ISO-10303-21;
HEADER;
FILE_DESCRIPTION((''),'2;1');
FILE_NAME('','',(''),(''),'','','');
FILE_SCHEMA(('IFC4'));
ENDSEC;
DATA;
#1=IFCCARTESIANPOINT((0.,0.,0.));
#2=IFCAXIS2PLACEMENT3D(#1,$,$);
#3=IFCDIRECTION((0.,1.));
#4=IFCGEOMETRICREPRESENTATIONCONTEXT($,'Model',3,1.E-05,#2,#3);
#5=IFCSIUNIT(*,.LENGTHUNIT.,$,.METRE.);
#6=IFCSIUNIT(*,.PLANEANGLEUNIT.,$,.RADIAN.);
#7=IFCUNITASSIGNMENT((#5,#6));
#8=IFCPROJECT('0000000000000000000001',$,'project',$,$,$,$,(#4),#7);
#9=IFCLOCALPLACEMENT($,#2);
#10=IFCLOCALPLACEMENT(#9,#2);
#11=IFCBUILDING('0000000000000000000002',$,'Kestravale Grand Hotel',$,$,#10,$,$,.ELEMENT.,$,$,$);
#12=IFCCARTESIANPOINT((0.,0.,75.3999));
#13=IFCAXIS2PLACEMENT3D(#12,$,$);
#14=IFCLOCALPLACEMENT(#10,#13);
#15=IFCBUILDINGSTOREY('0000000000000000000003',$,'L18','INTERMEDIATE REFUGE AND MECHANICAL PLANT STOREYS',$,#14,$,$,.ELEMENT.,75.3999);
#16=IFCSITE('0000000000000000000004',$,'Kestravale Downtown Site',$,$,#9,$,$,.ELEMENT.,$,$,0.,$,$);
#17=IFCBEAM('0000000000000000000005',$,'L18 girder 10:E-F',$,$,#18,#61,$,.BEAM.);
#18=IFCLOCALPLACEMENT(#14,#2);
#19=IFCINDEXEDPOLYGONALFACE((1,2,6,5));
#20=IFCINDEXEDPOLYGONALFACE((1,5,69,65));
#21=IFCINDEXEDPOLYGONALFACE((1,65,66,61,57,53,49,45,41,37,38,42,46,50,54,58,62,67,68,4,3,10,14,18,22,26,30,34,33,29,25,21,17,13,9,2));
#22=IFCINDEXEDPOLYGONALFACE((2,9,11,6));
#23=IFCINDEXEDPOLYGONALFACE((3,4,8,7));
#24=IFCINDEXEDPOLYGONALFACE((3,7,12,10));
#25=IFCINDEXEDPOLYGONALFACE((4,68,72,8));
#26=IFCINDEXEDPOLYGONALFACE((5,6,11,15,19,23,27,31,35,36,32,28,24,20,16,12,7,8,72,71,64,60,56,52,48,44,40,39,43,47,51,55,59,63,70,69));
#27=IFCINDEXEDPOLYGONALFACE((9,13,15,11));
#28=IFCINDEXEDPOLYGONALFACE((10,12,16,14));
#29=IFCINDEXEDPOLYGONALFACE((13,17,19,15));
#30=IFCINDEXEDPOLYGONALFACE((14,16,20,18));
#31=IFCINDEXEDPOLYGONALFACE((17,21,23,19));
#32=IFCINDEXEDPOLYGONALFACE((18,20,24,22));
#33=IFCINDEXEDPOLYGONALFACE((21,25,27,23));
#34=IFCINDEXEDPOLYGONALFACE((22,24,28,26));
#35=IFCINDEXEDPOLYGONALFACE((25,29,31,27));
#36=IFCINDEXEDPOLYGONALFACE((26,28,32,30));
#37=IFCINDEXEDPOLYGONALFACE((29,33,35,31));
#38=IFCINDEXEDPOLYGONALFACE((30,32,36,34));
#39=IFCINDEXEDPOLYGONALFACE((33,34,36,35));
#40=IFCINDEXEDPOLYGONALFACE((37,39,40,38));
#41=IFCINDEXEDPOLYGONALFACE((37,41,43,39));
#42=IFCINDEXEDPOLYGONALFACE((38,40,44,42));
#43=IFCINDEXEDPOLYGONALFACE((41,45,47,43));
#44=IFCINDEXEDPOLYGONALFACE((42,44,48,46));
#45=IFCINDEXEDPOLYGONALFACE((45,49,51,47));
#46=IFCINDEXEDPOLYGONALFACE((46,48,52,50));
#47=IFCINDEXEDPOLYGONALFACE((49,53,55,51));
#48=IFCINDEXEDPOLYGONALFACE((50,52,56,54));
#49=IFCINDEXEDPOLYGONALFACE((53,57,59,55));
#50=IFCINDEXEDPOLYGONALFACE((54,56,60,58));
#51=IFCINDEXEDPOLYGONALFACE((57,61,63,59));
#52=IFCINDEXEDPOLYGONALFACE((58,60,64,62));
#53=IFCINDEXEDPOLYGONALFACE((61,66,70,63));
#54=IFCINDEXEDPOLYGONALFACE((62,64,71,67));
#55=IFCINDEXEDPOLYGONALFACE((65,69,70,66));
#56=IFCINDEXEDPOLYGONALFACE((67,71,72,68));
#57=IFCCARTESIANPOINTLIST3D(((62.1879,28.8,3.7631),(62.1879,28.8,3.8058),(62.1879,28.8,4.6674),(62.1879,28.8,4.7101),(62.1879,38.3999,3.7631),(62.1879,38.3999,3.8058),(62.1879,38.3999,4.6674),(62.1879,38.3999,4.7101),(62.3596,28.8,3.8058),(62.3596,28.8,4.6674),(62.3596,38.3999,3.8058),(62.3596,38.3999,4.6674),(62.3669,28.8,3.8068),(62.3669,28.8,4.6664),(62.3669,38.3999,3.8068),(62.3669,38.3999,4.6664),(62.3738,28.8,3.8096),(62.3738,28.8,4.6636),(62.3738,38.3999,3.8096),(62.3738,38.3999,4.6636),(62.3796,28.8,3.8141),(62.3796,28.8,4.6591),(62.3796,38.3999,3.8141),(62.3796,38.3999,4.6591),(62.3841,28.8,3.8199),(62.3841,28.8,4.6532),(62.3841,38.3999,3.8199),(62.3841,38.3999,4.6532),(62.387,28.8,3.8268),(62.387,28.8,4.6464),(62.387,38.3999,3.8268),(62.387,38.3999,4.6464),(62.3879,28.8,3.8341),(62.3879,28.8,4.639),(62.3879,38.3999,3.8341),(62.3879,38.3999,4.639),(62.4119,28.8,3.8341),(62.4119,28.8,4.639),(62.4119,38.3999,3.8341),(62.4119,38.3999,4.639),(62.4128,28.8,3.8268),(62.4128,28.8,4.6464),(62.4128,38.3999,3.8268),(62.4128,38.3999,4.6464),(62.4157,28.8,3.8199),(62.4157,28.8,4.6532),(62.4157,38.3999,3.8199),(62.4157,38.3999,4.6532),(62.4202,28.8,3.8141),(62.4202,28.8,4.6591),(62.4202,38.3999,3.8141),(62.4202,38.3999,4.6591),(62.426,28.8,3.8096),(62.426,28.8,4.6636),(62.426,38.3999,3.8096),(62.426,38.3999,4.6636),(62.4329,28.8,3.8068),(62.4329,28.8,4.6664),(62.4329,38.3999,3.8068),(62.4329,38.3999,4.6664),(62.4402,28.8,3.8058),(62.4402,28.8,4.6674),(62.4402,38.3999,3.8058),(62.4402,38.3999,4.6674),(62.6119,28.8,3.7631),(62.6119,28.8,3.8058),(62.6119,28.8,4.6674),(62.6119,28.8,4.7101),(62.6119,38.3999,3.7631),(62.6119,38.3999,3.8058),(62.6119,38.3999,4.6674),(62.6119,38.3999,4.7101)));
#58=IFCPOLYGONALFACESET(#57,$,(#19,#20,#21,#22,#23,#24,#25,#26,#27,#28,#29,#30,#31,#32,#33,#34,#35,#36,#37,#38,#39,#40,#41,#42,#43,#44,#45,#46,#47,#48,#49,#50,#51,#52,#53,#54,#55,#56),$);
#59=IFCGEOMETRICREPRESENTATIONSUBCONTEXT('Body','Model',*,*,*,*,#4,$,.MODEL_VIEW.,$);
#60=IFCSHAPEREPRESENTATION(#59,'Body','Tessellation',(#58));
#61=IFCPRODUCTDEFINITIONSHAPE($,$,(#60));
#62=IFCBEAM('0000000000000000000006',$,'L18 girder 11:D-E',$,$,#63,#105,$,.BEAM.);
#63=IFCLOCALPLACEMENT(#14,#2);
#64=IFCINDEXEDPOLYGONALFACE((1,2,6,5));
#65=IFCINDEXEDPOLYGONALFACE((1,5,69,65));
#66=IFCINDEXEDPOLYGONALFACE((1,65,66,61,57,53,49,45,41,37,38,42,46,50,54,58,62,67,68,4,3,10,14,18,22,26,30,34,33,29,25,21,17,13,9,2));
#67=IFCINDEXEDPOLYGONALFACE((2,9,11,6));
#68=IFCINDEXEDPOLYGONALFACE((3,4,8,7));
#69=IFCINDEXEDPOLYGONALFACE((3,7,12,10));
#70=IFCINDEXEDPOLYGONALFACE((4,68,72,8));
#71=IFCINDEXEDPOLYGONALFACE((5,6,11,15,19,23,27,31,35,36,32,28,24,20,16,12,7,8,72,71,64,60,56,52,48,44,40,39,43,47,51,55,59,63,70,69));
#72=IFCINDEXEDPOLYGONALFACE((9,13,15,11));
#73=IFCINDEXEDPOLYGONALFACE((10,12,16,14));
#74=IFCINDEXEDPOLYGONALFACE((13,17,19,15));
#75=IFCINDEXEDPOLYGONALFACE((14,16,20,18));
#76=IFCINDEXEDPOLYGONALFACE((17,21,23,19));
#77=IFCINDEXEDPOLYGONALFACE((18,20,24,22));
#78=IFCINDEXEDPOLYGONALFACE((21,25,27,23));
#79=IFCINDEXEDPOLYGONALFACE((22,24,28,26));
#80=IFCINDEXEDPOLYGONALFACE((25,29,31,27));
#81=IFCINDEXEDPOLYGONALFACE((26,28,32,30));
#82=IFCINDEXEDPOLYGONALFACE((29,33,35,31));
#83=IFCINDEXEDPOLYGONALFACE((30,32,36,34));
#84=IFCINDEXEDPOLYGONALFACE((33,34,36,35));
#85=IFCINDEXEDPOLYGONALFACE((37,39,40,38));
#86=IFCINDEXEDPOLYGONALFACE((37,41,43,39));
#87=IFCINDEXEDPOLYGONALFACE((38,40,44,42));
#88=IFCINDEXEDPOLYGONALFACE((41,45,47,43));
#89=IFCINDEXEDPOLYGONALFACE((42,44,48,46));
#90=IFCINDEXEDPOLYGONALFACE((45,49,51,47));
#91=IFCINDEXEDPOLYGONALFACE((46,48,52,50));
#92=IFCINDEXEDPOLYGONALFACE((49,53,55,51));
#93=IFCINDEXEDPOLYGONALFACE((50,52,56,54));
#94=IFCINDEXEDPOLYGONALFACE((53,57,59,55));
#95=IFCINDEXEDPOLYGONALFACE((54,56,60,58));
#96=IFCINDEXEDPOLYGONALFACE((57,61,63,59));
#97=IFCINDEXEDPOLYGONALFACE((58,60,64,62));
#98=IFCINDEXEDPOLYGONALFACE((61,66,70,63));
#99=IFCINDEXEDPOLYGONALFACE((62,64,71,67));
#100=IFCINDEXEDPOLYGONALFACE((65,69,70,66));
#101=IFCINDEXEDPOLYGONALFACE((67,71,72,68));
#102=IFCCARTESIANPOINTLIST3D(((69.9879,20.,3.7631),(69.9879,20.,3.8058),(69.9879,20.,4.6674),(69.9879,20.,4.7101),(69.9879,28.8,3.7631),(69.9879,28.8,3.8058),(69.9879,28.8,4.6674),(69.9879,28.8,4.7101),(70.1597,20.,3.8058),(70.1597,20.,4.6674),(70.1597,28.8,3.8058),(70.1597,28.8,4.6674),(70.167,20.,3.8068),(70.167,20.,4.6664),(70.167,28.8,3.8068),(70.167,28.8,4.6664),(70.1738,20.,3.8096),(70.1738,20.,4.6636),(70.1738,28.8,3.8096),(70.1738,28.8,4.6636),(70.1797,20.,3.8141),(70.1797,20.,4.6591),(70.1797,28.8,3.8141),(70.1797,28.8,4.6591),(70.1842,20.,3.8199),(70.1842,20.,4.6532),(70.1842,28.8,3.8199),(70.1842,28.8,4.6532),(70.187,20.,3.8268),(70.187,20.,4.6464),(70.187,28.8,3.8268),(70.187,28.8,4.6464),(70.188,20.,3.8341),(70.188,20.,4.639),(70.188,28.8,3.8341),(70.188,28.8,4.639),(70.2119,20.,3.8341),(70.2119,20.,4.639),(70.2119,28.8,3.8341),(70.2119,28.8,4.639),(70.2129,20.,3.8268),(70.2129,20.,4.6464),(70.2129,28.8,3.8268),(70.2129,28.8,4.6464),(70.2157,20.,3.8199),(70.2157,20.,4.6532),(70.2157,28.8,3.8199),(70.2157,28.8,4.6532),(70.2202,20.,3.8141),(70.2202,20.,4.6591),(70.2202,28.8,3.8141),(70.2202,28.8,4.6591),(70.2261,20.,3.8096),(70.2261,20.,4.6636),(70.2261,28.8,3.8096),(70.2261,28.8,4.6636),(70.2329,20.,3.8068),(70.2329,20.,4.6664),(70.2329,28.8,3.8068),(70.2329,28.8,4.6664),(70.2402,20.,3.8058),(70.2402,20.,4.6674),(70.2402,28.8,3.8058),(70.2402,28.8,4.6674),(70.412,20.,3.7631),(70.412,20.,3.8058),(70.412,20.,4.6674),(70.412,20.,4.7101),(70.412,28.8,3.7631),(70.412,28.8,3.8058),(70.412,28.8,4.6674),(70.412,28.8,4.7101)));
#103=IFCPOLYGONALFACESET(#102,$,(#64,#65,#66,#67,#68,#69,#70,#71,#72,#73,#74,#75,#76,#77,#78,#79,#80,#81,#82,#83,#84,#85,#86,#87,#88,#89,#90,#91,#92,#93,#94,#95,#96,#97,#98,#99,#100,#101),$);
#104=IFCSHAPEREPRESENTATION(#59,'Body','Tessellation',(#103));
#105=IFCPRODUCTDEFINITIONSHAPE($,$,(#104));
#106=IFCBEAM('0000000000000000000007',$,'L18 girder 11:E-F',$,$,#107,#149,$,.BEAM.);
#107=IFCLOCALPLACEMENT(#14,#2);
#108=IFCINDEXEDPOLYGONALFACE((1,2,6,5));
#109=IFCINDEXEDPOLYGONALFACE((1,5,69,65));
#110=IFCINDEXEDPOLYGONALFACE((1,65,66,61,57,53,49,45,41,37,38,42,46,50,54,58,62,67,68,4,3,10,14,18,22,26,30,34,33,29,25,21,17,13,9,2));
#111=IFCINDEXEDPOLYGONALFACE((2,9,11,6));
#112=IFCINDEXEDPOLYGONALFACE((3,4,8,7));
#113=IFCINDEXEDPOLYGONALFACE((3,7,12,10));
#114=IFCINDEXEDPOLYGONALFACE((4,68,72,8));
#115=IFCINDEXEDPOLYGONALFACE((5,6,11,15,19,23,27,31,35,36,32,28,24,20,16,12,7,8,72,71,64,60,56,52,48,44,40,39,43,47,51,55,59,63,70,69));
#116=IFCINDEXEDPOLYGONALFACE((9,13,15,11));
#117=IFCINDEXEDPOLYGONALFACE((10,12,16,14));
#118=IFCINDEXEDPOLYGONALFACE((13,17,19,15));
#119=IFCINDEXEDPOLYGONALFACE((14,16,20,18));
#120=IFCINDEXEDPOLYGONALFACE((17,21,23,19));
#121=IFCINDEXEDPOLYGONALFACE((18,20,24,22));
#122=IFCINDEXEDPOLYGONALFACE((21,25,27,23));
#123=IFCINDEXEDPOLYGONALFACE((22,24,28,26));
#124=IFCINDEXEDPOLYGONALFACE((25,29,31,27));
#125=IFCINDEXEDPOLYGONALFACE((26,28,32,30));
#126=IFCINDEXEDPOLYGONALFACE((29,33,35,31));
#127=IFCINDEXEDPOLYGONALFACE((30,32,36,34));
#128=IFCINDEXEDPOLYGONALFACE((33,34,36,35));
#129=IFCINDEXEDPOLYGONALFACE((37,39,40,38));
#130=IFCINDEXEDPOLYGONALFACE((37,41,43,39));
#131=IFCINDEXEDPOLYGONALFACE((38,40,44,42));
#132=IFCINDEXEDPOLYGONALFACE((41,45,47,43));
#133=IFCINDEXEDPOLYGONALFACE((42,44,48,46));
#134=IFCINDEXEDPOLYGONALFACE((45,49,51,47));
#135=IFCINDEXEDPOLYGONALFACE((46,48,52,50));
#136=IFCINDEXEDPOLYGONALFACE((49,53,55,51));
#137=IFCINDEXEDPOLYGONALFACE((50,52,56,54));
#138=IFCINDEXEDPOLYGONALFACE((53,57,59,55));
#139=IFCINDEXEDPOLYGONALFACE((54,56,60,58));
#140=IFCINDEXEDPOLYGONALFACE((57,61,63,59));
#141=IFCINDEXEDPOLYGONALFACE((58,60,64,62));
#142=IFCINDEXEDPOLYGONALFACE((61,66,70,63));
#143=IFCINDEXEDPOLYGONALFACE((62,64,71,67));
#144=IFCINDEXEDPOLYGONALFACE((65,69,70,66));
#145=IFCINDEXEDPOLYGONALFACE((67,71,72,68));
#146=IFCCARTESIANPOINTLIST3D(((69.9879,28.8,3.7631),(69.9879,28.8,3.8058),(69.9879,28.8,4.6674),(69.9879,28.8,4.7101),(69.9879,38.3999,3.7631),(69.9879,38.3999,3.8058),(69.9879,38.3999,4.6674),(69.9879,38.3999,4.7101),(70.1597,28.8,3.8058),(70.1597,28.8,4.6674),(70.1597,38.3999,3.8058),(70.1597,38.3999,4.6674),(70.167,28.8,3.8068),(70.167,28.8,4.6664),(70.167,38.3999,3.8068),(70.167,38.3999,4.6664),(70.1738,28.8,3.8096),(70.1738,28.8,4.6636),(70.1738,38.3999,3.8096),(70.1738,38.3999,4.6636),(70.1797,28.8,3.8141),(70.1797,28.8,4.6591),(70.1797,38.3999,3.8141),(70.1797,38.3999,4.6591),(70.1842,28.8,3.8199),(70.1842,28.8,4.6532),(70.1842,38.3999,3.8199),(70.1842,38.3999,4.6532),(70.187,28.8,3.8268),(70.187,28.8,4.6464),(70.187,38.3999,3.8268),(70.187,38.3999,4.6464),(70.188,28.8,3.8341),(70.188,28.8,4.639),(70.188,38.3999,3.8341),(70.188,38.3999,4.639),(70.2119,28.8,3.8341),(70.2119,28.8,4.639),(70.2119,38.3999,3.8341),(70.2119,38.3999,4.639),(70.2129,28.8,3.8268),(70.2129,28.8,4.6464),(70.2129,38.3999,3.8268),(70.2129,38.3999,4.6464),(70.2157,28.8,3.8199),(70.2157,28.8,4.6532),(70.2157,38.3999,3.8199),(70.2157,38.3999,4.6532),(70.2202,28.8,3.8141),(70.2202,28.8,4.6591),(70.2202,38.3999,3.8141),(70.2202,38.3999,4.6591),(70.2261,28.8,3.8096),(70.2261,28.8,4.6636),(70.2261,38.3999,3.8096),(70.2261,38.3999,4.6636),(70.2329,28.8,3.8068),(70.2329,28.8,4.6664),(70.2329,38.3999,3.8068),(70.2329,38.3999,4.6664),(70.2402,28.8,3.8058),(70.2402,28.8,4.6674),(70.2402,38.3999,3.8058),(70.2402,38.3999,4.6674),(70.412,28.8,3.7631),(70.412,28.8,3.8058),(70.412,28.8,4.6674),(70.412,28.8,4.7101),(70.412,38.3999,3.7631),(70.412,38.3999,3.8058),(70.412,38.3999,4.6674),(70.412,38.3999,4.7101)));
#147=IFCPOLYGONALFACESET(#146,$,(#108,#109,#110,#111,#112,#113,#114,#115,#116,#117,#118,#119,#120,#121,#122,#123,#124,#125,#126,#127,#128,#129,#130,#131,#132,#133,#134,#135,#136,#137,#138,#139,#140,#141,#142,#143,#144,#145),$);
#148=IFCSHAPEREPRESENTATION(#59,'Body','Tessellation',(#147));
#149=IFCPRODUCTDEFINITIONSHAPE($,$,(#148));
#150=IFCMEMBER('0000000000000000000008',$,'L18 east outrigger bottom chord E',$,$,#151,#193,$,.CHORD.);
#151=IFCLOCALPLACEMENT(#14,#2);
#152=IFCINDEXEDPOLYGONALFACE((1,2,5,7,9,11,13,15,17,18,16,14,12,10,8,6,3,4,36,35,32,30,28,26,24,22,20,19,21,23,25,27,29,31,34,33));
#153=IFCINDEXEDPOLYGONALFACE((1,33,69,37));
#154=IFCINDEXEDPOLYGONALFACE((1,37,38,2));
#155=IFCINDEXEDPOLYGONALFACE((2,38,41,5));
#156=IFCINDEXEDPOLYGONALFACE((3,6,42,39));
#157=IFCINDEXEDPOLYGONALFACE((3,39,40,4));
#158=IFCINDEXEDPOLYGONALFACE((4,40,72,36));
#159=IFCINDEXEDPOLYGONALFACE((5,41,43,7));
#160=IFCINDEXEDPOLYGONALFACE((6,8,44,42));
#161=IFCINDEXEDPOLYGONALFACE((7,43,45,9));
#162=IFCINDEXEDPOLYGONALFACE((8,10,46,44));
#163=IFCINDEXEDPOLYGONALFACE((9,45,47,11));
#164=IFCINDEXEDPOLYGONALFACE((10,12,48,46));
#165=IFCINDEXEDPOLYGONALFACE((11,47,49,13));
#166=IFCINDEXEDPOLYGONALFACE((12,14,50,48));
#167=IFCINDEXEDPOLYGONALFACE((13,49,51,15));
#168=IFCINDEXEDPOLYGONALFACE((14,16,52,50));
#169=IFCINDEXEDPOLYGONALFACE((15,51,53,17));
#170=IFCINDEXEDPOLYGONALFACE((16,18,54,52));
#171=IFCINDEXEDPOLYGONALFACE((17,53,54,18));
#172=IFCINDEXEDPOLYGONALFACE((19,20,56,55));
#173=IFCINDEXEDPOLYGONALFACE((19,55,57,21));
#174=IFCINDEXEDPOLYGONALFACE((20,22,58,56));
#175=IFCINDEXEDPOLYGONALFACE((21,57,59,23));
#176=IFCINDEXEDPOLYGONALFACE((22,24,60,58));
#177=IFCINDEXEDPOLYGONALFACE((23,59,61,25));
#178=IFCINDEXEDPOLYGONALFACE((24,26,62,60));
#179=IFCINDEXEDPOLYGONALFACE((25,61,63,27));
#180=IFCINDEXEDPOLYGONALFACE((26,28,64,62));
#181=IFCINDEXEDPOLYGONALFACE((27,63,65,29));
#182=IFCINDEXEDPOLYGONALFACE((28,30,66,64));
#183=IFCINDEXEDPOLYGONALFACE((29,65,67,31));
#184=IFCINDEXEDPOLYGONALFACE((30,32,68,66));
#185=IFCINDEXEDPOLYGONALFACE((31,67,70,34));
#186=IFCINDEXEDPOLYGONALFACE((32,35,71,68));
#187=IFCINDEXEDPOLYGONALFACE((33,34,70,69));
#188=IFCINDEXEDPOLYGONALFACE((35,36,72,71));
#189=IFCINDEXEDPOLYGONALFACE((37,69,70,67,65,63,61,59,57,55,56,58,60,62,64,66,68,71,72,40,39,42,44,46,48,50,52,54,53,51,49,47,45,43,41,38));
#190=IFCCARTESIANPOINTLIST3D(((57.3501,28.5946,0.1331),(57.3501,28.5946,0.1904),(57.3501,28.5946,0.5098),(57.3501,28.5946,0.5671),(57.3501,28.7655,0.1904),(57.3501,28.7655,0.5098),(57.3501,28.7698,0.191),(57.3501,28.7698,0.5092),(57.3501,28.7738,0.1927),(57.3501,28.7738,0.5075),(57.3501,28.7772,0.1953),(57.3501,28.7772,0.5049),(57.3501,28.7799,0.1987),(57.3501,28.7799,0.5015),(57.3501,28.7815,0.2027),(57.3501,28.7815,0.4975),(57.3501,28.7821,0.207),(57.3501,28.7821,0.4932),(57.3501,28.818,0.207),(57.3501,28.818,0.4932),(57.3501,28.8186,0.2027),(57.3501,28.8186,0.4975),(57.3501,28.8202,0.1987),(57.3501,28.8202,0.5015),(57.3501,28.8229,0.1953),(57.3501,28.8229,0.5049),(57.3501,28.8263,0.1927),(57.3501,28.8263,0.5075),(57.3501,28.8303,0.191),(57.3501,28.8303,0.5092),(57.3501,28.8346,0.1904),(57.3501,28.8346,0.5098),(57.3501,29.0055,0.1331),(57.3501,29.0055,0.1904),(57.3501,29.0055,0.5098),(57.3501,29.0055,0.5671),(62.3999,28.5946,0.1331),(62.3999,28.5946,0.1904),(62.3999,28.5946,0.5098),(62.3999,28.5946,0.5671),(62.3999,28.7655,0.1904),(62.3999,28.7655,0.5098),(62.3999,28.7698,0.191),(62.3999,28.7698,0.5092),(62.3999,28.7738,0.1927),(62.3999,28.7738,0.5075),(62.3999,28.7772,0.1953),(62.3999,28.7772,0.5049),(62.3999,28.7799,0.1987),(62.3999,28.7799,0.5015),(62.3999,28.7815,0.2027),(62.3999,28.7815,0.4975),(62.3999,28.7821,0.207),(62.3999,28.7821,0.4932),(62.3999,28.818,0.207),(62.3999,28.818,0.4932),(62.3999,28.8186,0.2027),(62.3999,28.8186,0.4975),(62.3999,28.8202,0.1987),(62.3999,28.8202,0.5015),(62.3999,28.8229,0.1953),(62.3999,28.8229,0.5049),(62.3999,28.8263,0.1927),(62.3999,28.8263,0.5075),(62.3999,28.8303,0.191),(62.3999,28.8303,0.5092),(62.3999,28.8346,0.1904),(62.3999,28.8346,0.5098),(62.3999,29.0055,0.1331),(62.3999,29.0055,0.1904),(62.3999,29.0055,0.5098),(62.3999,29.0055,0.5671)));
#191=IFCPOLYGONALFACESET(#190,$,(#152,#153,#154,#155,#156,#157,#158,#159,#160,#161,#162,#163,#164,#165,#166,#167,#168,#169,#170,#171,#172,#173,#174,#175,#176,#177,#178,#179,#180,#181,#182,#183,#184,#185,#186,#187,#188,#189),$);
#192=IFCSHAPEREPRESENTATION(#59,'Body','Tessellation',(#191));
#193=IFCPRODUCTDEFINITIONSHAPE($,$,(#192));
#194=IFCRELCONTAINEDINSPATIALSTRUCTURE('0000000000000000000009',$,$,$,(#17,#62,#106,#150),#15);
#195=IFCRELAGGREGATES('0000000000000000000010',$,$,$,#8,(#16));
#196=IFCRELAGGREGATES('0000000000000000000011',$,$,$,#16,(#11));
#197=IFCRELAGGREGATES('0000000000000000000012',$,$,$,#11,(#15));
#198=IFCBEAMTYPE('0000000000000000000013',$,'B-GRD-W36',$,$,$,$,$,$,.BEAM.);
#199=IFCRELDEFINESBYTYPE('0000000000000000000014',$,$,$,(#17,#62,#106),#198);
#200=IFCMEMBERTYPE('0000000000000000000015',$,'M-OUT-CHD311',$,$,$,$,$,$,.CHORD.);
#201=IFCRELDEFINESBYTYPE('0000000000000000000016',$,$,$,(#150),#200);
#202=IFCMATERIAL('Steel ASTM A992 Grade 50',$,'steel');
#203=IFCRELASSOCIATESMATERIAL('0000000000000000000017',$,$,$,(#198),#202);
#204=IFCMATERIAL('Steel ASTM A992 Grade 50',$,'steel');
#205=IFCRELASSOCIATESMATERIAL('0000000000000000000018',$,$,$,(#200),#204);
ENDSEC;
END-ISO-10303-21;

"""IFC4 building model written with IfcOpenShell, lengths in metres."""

from ifc_helpers import new_model, si_unit, direction, frame, origin, origin_2d, place, context, subcontext, project, spatial, i_section, extrude, material, material_profile, profile_set, type_object, element, save


model = new_model("IFC4")

# Units and contexts
model_context = context("Model", 3, precision=1e-05, world=origin(), true_north=direction((0.0, 1.0)))
body_context = subcontext(model_context, "Body", "Model", "MODEL_VIEW")
ifc_project = project(units=[si_unit("LENGTHUNIT", "METRE"), si_unit("PLANEANGLEUNIT", "RADIAN")], contexts=[model_context])

# Site, building, storey
site_placement = place(None, origin())
site = spatial("IfcSite", under=ifc_project, at=site_placement, Name="Kestravale Downtown Site", CompositionType="ELEMENT", RefElevation=0.0)
building_placement = place(site_placement, origin())
building = spatial("IfcBuilding", under=site, at=building_placement, Name="Kestravale Grand Hotel", CompositionType="ELEMENT")
storey_placement = place(building_placement, frame((0.0, 0.0, 75.3999)))
storey = spatial("IfcBuildingStorey", under=building, at=storey_placement, Name="L18", Description="INTERMEDIATE REFUGE AND MECHANICAL PLANT STOREYS", CompositionType="ELEMENT", Elevation=75.3999)

# Beams
ifc_material_1 = material(Name="Steel ASTM A992 Grade 50", Category="steel")
ifc_material_profile_1 = material_profile(ifc_material_1, i_section(OverallWidth=0.4241, OverallDepth=0.947, WebThickness=0.0239, FlangeThickness=0.0427, FilletRadius=0.0283, at=origin_2d()))
ifc_profile_set_1 = profile_set([ifc_material_profile_1], Name="Steel ASTM A992 Grade 50")
beam_type_1 = type_object("IfcBeamType", Name="B-GRD-W36", PredefinedType="BEAM", material=ifc_profile_set_1)
beam_1_placement = place(storey_placement, frame((62.3999, 28.8, 4.2366), z_axis=(0.0, 1.0, 0.0), x_axis=(-1.0, 0.0, 0.0)))
element("IfcBeam", 1, at=beam_1_placement, inside=storey, type_object=beam_type_1, Name="L18 girder 10:E-F", PredefinedType="BEAM", context=body_context, shape_type="SweptSolid", body=[
    extrude(i_section(OverallWidth=0.4241, OverallDepth=0.947, WebThickness=0.0239, FlangeThickness=0.0427, FilletRadius=0.0283, at=origin_2d()), origin(), (0.0, 0.0, 1.0), 9.5999),
])
beam_2_placement = place(storey_placement, frame((70.2, 20.0, 4.2366), z_axis=(0.0, 1.0, 0.0), x_axis=(-1.0, 0.0, 0.0)))
element("IfcBeam", 2, at=beam_2_placement, inside=storey, type_object=beam_type_1, Name="L18 girder 11:D-E", PredefinedType="BEAM", context=body_context, shape_type="SweptSolid", body=[
    extrude(i_section(OverallWidth=0.4241, OverallDepth=0.947, WebThickness=0.0239, FlangeThickness=0.0427, FilletRadius=0.0283, at=origin_2d()), origin(), (0.0, 0.0, 1.0), 8.8),
])
beam_3_placement = place(storey_placement, frame((70.2, 28.8, 4.2366), z_axis=(0.0, 1.0, 0.0), x_axis=(-1.0, 0.0, 0.0)))
element("IfcBeam", 3, at=beam_3_placement, inside=storey, type_object=beam_type_1, Name="L18 girder 11:E-F", PredefinedType="BEAM", context=body_context, shape_type="SweptSolid", body=[
    extrude(i_section(OverallWidth=0.4241, OverallDepth=0.947, WebThickness=0.0239, FlangeThickness=0.0427, FilletRadius=0.0283, at=origin_2d()), origin(), (0.0, 0.0, 1.0), 9.5999),
])

# Member
ifc_material_2 = material(Name="Steel ASTM A992 Grade 50", Category="steel")
ifc_material_profile_2 = material_profile(ifc_material_2, i_section(OverallWidth=0.4109, OverallDepth=0.4341, WebThickness=0.0359, FlangeThickness=0.0574, FilletRadius=0.0166, at=origin_2d()))
ifc_profile_set_2 = profile_set([ifc_material_profile_2], Name="Steel ASTM A992 Grade 50")
member_type_1 = type_object("IfcMemberType", Name="M-OUT-CHD311", PredefinedType="CHORD", material=ifc_profile_set_2)
member_placement = place(storey_placement, frame((57.3501, 28.8, 0.3501), z_axis=(1.0, 0.0, 0.0), x_axis=(0.0, 1.0, 0.0)))
element("IfcMember", 4, at=member_placement, inside=storey, type_object=member_type_1, Name="L18 east outrigger bottom chord E", PredefinedType="CHORD", context=body_context, shape_type="SweptSolid", body=[
    extrude(i_section(OverallWidth=0.4109, OverallDepth=0.4341, WebThickness=0.0359, FlangeThickness=0.0574, FilletRadius=0.0166, at=origin_2d()), origin(), (0.0, 0.0, 1.0), 5.0498),
])

save(model, "model.ifc")
